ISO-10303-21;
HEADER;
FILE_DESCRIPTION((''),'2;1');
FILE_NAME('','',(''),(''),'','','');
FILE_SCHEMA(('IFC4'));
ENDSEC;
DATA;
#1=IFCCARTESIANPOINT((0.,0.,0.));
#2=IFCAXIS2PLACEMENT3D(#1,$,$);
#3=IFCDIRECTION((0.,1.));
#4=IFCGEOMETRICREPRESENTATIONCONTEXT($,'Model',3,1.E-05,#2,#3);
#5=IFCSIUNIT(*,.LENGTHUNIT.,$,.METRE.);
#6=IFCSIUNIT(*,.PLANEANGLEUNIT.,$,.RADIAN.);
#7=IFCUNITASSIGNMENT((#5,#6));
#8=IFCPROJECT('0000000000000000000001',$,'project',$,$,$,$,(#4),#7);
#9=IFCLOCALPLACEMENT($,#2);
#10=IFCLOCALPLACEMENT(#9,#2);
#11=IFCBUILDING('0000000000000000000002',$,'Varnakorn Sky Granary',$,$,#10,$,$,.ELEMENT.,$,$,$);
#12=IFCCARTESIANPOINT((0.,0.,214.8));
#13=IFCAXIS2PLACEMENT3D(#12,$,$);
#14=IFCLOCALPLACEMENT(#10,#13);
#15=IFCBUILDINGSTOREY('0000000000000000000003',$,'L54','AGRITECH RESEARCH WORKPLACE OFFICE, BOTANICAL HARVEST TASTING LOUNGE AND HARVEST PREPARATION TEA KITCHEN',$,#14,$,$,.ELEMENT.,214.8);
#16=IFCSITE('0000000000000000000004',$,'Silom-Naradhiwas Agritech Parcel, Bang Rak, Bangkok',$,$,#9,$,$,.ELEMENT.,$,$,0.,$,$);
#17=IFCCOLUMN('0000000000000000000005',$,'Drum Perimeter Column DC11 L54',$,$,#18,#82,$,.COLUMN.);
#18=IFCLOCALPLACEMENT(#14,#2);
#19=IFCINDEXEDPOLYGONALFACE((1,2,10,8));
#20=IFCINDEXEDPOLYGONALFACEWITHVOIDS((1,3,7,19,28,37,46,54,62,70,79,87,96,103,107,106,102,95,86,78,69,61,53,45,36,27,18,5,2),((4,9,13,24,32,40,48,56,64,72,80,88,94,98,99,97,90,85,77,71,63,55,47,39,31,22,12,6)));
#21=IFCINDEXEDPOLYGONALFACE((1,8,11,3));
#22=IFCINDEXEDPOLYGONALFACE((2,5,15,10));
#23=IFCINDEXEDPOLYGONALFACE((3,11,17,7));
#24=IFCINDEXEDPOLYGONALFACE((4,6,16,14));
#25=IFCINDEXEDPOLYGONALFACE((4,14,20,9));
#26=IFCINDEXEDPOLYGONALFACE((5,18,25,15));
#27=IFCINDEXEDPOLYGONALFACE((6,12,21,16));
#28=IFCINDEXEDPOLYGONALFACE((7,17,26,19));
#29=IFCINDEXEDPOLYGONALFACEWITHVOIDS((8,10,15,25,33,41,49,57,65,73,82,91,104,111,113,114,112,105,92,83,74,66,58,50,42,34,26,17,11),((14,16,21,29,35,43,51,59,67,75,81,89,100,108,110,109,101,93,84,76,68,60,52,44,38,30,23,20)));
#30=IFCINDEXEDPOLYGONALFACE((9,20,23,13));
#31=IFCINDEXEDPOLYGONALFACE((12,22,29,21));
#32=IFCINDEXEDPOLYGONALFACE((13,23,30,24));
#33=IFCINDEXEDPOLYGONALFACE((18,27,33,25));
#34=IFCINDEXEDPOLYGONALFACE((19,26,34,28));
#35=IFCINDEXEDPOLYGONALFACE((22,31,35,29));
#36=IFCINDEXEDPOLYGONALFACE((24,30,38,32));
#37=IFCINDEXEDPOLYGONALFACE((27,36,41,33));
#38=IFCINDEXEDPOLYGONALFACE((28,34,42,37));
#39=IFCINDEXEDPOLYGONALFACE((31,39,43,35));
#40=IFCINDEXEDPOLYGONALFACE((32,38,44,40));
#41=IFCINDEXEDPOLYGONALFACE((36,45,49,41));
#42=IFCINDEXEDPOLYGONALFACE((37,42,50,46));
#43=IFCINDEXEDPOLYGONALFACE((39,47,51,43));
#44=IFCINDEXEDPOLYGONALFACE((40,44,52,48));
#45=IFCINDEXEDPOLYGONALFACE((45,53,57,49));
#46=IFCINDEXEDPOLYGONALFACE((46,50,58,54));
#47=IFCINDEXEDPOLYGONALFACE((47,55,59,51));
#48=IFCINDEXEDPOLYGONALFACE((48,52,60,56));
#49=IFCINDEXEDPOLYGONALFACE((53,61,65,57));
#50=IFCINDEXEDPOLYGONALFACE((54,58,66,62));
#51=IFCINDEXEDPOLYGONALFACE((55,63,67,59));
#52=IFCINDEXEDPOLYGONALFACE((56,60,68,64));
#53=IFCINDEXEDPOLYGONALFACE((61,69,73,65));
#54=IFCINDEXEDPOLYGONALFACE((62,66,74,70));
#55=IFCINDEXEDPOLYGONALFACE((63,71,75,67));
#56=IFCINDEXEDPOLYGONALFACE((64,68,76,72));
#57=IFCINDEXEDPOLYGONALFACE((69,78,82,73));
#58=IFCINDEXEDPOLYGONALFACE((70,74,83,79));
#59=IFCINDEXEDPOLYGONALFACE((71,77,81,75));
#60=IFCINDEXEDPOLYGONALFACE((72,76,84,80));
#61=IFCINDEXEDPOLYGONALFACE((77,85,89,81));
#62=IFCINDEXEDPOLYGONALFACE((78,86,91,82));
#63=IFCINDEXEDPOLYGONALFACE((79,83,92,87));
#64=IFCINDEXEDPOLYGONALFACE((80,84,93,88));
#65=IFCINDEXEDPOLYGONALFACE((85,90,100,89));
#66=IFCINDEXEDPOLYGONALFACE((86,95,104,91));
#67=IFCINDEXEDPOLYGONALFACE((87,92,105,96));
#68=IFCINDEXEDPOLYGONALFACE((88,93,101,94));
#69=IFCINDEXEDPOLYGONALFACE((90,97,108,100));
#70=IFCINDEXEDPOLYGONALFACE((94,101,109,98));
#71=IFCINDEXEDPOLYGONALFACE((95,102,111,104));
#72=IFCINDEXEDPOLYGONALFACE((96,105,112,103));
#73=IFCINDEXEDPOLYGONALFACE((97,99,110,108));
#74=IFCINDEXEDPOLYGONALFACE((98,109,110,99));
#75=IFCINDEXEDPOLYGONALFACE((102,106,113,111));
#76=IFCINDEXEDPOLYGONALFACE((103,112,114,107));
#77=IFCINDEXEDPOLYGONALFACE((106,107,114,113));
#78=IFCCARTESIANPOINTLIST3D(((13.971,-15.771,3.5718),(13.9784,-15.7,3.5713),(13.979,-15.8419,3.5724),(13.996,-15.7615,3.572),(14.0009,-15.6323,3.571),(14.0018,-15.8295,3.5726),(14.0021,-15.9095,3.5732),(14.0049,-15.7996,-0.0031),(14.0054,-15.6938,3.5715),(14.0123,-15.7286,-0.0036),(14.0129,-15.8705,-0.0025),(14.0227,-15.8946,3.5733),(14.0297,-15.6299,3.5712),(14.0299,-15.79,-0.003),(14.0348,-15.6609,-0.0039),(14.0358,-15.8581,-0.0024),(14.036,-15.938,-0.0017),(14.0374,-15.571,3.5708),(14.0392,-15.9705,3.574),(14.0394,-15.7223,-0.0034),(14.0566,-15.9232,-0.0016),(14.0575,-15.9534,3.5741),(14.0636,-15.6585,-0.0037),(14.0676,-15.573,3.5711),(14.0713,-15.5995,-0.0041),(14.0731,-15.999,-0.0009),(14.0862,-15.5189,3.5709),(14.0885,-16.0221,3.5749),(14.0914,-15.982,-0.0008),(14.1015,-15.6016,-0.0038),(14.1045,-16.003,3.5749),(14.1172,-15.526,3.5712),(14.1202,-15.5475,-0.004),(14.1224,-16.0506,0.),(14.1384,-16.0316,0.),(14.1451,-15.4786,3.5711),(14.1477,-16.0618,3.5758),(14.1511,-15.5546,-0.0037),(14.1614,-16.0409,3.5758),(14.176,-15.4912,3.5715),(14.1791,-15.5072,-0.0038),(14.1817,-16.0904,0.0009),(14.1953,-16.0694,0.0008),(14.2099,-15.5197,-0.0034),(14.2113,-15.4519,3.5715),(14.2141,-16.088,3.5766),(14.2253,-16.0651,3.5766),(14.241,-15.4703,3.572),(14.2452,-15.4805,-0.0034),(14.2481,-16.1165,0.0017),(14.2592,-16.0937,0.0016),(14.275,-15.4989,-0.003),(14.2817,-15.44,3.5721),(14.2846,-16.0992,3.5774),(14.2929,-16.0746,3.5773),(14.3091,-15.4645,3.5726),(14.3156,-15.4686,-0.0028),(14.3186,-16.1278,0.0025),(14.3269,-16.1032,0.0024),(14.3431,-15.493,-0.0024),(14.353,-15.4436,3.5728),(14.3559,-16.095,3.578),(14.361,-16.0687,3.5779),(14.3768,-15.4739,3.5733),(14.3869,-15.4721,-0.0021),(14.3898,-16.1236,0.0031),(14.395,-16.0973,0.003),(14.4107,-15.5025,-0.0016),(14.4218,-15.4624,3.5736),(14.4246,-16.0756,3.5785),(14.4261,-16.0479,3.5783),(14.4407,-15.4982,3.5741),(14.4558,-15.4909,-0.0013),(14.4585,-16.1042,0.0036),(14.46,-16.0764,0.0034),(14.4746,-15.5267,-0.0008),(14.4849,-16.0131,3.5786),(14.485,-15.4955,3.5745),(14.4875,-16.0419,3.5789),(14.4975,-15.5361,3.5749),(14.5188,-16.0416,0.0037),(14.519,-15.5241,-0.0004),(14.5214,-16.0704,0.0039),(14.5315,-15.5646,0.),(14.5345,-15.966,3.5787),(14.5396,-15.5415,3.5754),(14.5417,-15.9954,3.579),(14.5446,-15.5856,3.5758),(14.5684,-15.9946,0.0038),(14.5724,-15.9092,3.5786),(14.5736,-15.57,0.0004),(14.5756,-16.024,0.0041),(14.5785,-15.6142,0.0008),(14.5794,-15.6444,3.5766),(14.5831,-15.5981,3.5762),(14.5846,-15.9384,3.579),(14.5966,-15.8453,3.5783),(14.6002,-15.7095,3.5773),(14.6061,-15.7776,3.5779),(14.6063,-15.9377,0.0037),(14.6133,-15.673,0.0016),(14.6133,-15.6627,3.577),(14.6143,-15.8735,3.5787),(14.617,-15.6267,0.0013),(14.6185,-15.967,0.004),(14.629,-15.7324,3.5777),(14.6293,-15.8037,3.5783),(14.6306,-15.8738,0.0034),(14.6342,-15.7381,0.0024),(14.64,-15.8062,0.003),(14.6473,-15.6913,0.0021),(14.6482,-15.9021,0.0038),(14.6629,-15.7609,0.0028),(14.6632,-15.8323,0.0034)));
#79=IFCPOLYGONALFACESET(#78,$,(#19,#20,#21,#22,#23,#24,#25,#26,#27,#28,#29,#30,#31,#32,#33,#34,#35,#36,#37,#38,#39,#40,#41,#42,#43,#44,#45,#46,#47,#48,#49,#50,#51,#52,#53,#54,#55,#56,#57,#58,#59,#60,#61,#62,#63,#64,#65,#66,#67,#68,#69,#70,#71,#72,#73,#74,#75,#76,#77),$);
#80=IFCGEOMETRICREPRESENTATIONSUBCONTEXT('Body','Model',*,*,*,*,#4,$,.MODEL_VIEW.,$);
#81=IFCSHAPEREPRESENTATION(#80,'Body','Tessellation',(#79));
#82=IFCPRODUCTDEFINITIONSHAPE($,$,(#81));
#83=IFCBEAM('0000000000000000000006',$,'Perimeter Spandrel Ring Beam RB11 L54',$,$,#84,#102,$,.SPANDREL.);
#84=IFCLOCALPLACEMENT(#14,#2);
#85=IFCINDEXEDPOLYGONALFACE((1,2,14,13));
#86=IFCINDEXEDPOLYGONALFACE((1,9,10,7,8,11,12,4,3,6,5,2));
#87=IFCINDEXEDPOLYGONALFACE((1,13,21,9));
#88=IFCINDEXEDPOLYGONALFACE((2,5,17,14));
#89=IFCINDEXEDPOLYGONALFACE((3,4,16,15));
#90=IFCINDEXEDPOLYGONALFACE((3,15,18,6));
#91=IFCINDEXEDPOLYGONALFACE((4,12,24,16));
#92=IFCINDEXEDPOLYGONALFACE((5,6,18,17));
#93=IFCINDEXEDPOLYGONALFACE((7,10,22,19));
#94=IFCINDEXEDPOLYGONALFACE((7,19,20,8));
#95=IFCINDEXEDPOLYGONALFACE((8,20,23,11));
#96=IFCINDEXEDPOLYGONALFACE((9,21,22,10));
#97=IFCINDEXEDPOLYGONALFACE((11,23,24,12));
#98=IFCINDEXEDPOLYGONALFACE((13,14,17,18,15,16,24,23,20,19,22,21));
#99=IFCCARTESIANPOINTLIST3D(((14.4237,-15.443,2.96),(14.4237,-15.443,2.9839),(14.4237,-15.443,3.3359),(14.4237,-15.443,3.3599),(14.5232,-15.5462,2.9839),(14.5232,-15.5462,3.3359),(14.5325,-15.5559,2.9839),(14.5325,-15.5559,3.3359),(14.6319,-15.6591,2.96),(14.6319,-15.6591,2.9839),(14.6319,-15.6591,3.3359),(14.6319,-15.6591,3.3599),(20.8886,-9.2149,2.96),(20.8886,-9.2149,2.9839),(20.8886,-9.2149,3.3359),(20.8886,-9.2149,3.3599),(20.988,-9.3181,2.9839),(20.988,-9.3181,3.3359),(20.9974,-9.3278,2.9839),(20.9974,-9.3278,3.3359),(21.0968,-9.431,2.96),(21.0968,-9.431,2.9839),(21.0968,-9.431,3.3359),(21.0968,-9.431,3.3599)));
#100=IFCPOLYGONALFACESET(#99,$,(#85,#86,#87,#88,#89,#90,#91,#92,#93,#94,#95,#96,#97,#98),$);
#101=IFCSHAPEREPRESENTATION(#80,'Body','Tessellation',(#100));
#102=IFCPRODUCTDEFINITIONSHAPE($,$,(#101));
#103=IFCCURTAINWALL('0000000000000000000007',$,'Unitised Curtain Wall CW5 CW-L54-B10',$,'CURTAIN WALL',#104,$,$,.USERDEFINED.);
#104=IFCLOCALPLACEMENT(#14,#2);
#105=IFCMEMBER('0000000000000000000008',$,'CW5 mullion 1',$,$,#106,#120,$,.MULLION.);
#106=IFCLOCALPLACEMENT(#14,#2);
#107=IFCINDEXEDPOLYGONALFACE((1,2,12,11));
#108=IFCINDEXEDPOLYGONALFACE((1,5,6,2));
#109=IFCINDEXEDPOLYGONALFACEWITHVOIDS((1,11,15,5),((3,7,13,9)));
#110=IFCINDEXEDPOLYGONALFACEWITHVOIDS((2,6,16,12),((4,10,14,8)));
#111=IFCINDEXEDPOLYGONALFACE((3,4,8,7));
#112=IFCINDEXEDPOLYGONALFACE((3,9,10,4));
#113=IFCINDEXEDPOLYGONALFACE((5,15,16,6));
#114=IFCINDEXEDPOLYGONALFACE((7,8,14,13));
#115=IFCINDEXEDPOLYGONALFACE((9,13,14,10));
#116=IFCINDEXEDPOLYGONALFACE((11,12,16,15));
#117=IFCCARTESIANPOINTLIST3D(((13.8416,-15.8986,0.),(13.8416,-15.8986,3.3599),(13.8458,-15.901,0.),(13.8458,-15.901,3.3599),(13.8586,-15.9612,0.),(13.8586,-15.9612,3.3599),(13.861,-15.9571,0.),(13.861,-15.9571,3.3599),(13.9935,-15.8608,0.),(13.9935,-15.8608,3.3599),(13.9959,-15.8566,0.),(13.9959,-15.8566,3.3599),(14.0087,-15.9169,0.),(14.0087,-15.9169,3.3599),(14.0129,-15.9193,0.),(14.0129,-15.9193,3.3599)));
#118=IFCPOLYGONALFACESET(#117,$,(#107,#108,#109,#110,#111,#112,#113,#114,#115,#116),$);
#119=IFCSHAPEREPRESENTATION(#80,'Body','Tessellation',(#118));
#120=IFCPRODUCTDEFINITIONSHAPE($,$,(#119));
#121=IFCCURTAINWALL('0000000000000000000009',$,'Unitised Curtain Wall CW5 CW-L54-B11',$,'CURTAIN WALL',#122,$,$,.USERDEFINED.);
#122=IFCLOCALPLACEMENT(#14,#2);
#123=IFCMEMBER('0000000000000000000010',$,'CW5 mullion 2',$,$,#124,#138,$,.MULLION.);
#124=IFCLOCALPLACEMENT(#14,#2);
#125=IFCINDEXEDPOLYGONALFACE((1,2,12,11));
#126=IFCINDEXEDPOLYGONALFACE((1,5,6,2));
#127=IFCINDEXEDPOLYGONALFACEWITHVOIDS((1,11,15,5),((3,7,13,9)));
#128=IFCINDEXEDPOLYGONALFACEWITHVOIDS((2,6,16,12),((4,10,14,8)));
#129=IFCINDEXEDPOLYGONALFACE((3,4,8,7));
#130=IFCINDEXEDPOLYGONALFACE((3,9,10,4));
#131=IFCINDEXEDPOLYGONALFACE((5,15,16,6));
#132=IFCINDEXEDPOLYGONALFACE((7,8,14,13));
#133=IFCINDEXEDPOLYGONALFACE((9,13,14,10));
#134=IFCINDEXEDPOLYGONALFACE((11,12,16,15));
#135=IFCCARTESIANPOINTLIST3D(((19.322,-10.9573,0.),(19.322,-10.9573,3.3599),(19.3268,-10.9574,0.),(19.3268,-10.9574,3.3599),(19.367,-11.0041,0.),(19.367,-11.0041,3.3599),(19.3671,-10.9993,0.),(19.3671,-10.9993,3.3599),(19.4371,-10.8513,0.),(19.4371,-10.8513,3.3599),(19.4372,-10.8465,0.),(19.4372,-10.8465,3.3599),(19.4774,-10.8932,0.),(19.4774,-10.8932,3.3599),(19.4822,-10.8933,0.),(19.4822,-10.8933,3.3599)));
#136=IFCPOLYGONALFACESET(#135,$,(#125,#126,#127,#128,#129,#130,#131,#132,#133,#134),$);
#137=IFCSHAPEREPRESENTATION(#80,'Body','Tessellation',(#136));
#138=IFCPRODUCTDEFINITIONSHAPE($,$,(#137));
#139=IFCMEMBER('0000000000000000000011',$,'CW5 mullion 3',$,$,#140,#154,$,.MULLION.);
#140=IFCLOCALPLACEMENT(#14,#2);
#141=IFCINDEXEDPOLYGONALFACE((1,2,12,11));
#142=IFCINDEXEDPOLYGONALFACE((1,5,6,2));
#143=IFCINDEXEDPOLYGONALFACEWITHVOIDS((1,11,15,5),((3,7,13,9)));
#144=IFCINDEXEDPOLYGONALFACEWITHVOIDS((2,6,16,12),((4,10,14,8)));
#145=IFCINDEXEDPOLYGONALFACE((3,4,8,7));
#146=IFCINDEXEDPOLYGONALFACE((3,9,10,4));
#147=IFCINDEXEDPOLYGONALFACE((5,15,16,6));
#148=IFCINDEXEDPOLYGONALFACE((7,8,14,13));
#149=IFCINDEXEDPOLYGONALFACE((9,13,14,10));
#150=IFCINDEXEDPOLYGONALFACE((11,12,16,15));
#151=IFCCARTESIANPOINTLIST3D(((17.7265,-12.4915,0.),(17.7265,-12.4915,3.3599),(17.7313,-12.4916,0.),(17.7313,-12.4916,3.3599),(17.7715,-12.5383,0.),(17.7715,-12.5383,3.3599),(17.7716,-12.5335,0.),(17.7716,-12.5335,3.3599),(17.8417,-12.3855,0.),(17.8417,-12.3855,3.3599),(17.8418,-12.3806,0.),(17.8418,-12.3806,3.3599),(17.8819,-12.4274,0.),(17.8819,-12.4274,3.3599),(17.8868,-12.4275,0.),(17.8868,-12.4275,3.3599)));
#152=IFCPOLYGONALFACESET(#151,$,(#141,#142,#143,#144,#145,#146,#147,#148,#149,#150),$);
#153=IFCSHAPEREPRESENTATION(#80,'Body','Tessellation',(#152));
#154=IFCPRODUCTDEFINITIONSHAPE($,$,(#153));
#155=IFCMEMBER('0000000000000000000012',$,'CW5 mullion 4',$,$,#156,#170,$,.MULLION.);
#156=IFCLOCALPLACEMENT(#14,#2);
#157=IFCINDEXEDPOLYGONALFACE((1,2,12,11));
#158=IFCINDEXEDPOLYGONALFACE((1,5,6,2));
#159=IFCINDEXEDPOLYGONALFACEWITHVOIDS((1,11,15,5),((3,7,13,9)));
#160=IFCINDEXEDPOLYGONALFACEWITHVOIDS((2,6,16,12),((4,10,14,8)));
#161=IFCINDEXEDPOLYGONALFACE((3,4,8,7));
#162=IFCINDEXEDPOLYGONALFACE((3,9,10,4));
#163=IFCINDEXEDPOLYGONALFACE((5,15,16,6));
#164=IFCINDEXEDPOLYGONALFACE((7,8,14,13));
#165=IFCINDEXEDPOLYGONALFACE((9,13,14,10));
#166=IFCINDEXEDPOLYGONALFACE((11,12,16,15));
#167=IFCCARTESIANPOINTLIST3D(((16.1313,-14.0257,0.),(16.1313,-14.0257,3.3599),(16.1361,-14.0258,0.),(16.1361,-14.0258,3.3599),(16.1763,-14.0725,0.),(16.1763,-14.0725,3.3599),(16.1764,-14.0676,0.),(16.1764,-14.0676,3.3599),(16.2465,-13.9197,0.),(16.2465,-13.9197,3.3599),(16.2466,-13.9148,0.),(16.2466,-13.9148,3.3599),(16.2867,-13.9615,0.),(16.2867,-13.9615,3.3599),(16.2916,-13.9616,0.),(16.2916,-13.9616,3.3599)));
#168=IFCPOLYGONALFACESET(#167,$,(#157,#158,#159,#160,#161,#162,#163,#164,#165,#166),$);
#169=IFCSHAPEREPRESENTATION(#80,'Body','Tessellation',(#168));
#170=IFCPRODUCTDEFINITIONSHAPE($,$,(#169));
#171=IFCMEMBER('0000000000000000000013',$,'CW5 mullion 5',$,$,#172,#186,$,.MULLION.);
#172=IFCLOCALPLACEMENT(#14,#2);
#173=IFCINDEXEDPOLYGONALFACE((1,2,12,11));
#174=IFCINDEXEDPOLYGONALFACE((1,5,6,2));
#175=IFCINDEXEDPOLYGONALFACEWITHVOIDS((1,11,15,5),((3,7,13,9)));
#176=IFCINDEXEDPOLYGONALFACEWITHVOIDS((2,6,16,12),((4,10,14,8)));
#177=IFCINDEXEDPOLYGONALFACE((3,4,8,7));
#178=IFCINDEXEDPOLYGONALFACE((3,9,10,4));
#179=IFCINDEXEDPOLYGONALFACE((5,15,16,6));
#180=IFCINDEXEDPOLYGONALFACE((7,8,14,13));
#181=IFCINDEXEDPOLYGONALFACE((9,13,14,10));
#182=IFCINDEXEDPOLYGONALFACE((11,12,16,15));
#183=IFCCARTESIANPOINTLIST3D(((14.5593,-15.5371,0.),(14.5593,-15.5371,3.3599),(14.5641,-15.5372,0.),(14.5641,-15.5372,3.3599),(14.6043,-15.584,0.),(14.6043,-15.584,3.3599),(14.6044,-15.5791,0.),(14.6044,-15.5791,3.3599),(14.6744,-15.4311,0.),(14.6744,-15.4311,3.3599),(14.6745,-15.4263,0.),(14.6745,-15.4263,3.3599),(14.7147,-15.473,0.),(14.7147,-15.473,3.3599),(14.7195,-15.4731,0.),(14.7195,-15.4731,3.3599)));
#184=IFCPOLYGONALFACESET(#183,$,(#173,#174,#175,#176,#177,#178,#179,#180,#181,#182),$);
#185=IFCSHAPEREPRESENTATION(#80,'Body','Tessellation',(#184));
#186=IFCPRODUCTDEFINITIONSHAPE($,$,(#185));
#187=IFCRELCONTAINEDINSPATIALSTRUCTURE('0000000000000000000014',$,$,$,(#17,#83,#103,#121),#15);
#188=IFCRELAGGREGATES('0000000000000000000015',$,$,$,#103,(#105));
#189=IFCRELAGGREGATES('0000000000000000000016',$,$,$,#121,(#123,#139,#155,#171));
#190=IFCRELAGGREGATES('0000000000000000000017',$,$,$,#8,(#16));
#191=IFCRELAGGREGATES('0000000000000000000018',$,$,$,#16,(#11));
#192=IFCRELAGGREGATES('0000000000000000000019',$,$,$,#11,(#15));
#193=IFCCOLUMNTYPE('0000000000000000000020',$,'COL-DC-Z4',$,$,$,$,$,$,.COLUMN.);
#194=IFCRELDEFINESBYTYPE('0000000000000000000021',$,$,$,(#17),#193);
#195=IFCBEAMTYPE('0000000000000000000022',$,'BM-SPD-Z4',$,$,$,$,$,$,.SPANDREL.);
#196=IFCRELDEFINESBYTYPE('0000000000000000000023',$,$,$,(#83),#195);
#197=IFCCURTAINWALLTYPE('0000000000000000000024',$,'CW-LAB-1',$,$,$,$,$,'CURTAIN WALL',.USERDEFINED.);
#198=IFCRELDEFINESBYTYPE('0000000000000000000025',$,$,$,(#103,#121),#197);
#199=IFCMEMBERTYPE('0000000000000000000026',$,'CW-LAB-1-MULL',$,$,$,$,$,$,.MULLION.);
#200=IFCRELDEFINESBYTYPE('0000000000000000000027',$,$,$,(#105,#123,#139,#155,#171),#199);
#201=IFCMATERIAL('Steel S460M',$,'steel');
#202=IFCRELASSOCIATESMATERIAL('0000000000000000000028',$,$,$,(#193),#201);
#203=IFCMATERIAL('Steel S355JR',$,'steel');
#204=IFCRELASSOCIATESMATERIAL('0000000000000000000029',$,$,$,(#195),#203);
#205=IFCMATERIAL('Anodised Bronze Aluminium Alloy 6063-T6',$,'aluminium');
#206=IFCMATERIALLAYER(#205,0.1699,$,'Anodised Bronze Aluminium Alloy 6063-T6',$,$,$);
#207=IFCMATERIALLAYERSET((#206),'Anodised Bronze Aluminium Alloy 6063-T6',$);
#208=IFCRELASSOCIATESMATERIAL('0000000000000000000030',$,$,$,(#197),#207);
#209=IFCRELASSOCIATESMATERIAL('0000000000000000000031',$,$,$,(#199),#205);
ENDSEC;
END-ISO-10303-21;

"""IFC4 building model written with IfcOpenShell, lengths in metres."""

from ifc_helpers import new_model, si_unit, direction, frame, origin, origin_2d, place, context, subcontext, project, spatial, hollow_rectangle, hollow_circle, i_section, extrude, material, layer, layer_set, material_profile, profile_set, type_object, element, aggregate, save


model = new_model("IFC4")

# Units and contexts
model_context = context("Model", 3, precision=1e-05, world=origin(), true_north=direction((0.0, 1.0)))
body_context = subcontext(model_context, "Body", "Model", "MODEL_VIEW")
ifc_project = project(units=[si_unit("LENGTHUNIT", "METRE"), si_unit("PLANEANGLEUNIT", "RADIAN")], contexts=[model_context])

# Site, building, storey
site_placement = place(None, origin())
site = spatial("IfcSite", under=ifc_project, at=site_placement, Name="Silom-Naradhiwas Agritech Parcel, Bang Rak, Bangkok", CompositionType="ELEMENT", RefElevation=0.0)
building_placement = place(site_placement, origin())
building = spatial("IfcBuilding", under=site, at=building_placement, Name="Varnakorn Sky Granary", CompositionType="ELEMENT")
storey_placement = place(building_placement, frame((0.0, 0.0, 214.8)))
storey = spatial("IfcBuildingStorey", under=building, at=storey_placement, Name="L54", Description="AGRITECH RESEARCH WORKPLACE OFFICE, BOTANICAL HARVEST TASTING LOUNGE AND HARVEST PREPARATION TEA KITCHEN", CompositionType="ELEMENT", Elevation=214.8)

# Column
ifc_material_1 = material(Name="Steel S460M", Category="steel")
ifc_material_profile_1 = material_profile(ifc_material_1, hollow_circle(Radius=0.3301, WallThickness=0.0249, at=origin_2d()), Name="CHS 660x25")
ifc_profile_set_1 = profile_set([ifc_material_profile_1], Name="Steel S460M")
column_type = type_object("IfcColumnType", Name="COL-DC-Z4", PredefinedType="COLUMN", material=ifc_profile_set_1)
column_placement = place(storey_placement, frame((14.335, -15.7981, 0.0), z_axis=(-0.009492, 0.00799, 0.999923), x_axis=(-0.643966, -0.765054, 0.0)))
element("IfcColumn", 1, at=column_placement, inside=storey, type_object=column_type, Name="Drum Perimeter Column DC11 L54", PredefinedType="COLUMN", context=body_context, shape_type="SweptSolid", body=[
    extrude(hollow_circle(Radius=0.3301, WallThickness=0.0249, at=origin_2d()), origin(), (0.0, 0.0, 1.0), 3.5752),
])

# Beam
ifc_material_2 = material(Name="Steel S355JR", Category="steel")
ifc_material_profile_2 = material_profile(ifc_material_2, i_section(OverallWidth=0.3, OverallDepth=0.3999, WebThickness=0.0134, FlangeThickness=0.0239, at=origin_2d()), Name="HE 400 B")
ifc_profile_set_2 = profile_set([ifc_material_profile_2], Name="Steel S355JR")
beam_type = type_object("IfcBeamType", Name="BM-SPD-Z4", PredefinedType="SPANDREL", material=ifc_profile_set_2)
beam_placement = place(storey_placement, frame((14.5278, -15.551, 3.1599), z_axis=(0.720174, 0.693793, 0.0), x_axis=(-0.693793, 0.720174, 0.0)))
element("IfcBeam", 2, at=beam_placement, inside=storey, type_object=beam_type, Name="Perimeter Spandrel Ring Beam RB11 L54", PredefinedType="SPANDREL", context=body_context, shape_type="SweptSolid", body=[
    extrude(i_section(OverallWidth=0.3, OverallDepth=0.3999, WebThickness=0.0134, FlangeThickness=0.0239, at=origin_2d()), origin(), (0.0, 0.0, 1.0), 8.9768),
])

# Curtain wall, member
ifc_material_3 = material(Name="Anodised Bronze Aluminium Alloy 6063-T6", Category="aluminium")
ifc_layer_1 = layer(ifc_material_3, 0.1699, Name="Anodised Bronze Aluminium Alloy 6063-T6")
ifc_layer_set_1 = layer_set([ifc_layer_1], Name="Anodised Bronze Aluminium Alloy 6063-T6")
curtain_wall_type = type_object("IfcCurtainWallType", Name="CW-LAB-1", ElementType="CURTAIN WALL", PredefinedType="USERDEFINED", material=ifc_layer_set_1)
curtain_wall_1_placement = place(storey_placement, origin())
curtain_wall_1 = element("IfcCurtainWall", 3, at=curtain_wall_1_placement, inside=storey, type_object=curtain_wall_type, Name="Unitised Curtain Wall CW5 CW-L54-B10", ObjectType="CURTAIN WALL", PredefinedType="USERDEFINED")
ifc_material_profile_3 = material_profile(ifc_material_3, hollow_rectangle(XDim=0.0649, YDim=0.1599, WallThickness=0.0034, at=origin_2d()), Name="ALU MULL 65x160")
ifc_profile_set_3 = profile_set([ifc_material_profile_3], Name="Anodised Bronze Aluminium Alloy 6063-T6")
member_type_1 = type_object("IfcMemberType", Name="CW-LAB-1-MULL", PredefinedType="MULLION", material=ifc_profile_set_3)
member_1_placement = place(storey_placement, frame((13.9272, -15.9089, 0.0), z_axis=(0.0, 0.0, 1.0), x_axis=(0.262381, -0.964964, 0.0)))
member_1 = element("IfcMember", 4, at=member_1_placement, type_object=member_type_1, Name="CW5 mullion 1", PredefinedType="MULLION", context=body_context, shape_type="SweptSolid", body=[
    extrude(hollow_rectangle(XDim=0.0649, YDim=0.1599, WallThickness=0.0034, at=origin_2d()), origin(), (0.0, 0.0, 1.0), 3.3599),
])
aggregate(curtain_wall_1, [member_1])

# Curtain wall, members
curtain_wall_2_placement = place(storey_placement, origin())
curtain_wall_2 = element("IfcCurtainWall", 5, at=curtain_wall_2_placement, inside=storey, type_object=curtain_wall_type, Name="Unitised Curtain Wall CW5 CW-L54-B11", ObjectType="CURTAIN WALL", PredefinedType="USERDEFINED")
member_2_placement = place(storey_placement, frame((19.4021, -10.9253, 0.0), z_axis=(0.0, 0.0, 1.0), x_axis=(0.69314, -0.720803, 0.0)))
member_2 = element("IfcMember", 6, at=member_2_placement, type_object=member_type_1, Name="CW5 mullion 2", PredefinedType="MULLION", context=body_context, shape_type="SweptSolid", body=[
    extrude(hollow_rectangle(XDim=0.0649, YDim=0.1599, WallThickness=0.0034, at=origin_2d()), origin(), (0.0, 0.0, 1.0), 3.3599),
])
member_3_placement = place(storey_placement, frame((17.8066, -12.4595, 0.0), z_axis=(0.0, 0.0, 1.0), x_axis=(0.69314, -0.720803, 0.0)))
member_3 = element("IfcMember", 7, at=member_3_placement, type_object=member_type_1, Name="CW5 mullion 3", PredefinedType="MULLION", context=body_context, shape_type="SweptSolid", body=[
    extrude(hollow_rectangle(XDim=0.0649, YDim=0.1599, WallThickness=0.0034, at=origin_2d()), origin(), (0.0, 0.0, 1.0), 3.3599),
])
member_4_placement = place(storey_placement, frame((16.2114, -13.9937, 0.0), z_axis=(0.0, 0.0, 1.0), x_axis=(0.69314, -0.720803, 0.0)))
member_4 = element("IfcMember", 8, at=member_4_placement, type_object=member_type_1, Name="CW5 mullion 4", PredefinedType="MULLION", context=body_context, shape_type="SweptSolid", body=[
    extrude(hollow_rectangle(XDim=0.0649, YDim=0.1599, WallThickness=0.0034, at=origin_2d()), origin(), (0.0, 0.0, 1.0), 3.3599),
])
member_5_placement = place(storey_placement, frame((14.6394, -15.5051, 0.0), z_axis=(0.0, 0.0, 1.0), x_axis=(0.69314, -0.720803, 0.0)))
member_5 = element("IfcMember", 9, at=member_5_placement, type_object=member_type_1, Name="CW5 mullion 5", PredefinedType="MULLION", context=body_context, shape_type="SweptSolid", body=[
    extrude(hollow_rectangle(XDim=0.0649, YDim=0.1599, WallThickness=0.0034, at=origin_2d()), origin(), (0.0, 0.0, 1.0), 3.3599),
])

aggregate(curtain_wall_2, [member_2, member_3, member_4, member_5])

save(model, "model.ifc")
